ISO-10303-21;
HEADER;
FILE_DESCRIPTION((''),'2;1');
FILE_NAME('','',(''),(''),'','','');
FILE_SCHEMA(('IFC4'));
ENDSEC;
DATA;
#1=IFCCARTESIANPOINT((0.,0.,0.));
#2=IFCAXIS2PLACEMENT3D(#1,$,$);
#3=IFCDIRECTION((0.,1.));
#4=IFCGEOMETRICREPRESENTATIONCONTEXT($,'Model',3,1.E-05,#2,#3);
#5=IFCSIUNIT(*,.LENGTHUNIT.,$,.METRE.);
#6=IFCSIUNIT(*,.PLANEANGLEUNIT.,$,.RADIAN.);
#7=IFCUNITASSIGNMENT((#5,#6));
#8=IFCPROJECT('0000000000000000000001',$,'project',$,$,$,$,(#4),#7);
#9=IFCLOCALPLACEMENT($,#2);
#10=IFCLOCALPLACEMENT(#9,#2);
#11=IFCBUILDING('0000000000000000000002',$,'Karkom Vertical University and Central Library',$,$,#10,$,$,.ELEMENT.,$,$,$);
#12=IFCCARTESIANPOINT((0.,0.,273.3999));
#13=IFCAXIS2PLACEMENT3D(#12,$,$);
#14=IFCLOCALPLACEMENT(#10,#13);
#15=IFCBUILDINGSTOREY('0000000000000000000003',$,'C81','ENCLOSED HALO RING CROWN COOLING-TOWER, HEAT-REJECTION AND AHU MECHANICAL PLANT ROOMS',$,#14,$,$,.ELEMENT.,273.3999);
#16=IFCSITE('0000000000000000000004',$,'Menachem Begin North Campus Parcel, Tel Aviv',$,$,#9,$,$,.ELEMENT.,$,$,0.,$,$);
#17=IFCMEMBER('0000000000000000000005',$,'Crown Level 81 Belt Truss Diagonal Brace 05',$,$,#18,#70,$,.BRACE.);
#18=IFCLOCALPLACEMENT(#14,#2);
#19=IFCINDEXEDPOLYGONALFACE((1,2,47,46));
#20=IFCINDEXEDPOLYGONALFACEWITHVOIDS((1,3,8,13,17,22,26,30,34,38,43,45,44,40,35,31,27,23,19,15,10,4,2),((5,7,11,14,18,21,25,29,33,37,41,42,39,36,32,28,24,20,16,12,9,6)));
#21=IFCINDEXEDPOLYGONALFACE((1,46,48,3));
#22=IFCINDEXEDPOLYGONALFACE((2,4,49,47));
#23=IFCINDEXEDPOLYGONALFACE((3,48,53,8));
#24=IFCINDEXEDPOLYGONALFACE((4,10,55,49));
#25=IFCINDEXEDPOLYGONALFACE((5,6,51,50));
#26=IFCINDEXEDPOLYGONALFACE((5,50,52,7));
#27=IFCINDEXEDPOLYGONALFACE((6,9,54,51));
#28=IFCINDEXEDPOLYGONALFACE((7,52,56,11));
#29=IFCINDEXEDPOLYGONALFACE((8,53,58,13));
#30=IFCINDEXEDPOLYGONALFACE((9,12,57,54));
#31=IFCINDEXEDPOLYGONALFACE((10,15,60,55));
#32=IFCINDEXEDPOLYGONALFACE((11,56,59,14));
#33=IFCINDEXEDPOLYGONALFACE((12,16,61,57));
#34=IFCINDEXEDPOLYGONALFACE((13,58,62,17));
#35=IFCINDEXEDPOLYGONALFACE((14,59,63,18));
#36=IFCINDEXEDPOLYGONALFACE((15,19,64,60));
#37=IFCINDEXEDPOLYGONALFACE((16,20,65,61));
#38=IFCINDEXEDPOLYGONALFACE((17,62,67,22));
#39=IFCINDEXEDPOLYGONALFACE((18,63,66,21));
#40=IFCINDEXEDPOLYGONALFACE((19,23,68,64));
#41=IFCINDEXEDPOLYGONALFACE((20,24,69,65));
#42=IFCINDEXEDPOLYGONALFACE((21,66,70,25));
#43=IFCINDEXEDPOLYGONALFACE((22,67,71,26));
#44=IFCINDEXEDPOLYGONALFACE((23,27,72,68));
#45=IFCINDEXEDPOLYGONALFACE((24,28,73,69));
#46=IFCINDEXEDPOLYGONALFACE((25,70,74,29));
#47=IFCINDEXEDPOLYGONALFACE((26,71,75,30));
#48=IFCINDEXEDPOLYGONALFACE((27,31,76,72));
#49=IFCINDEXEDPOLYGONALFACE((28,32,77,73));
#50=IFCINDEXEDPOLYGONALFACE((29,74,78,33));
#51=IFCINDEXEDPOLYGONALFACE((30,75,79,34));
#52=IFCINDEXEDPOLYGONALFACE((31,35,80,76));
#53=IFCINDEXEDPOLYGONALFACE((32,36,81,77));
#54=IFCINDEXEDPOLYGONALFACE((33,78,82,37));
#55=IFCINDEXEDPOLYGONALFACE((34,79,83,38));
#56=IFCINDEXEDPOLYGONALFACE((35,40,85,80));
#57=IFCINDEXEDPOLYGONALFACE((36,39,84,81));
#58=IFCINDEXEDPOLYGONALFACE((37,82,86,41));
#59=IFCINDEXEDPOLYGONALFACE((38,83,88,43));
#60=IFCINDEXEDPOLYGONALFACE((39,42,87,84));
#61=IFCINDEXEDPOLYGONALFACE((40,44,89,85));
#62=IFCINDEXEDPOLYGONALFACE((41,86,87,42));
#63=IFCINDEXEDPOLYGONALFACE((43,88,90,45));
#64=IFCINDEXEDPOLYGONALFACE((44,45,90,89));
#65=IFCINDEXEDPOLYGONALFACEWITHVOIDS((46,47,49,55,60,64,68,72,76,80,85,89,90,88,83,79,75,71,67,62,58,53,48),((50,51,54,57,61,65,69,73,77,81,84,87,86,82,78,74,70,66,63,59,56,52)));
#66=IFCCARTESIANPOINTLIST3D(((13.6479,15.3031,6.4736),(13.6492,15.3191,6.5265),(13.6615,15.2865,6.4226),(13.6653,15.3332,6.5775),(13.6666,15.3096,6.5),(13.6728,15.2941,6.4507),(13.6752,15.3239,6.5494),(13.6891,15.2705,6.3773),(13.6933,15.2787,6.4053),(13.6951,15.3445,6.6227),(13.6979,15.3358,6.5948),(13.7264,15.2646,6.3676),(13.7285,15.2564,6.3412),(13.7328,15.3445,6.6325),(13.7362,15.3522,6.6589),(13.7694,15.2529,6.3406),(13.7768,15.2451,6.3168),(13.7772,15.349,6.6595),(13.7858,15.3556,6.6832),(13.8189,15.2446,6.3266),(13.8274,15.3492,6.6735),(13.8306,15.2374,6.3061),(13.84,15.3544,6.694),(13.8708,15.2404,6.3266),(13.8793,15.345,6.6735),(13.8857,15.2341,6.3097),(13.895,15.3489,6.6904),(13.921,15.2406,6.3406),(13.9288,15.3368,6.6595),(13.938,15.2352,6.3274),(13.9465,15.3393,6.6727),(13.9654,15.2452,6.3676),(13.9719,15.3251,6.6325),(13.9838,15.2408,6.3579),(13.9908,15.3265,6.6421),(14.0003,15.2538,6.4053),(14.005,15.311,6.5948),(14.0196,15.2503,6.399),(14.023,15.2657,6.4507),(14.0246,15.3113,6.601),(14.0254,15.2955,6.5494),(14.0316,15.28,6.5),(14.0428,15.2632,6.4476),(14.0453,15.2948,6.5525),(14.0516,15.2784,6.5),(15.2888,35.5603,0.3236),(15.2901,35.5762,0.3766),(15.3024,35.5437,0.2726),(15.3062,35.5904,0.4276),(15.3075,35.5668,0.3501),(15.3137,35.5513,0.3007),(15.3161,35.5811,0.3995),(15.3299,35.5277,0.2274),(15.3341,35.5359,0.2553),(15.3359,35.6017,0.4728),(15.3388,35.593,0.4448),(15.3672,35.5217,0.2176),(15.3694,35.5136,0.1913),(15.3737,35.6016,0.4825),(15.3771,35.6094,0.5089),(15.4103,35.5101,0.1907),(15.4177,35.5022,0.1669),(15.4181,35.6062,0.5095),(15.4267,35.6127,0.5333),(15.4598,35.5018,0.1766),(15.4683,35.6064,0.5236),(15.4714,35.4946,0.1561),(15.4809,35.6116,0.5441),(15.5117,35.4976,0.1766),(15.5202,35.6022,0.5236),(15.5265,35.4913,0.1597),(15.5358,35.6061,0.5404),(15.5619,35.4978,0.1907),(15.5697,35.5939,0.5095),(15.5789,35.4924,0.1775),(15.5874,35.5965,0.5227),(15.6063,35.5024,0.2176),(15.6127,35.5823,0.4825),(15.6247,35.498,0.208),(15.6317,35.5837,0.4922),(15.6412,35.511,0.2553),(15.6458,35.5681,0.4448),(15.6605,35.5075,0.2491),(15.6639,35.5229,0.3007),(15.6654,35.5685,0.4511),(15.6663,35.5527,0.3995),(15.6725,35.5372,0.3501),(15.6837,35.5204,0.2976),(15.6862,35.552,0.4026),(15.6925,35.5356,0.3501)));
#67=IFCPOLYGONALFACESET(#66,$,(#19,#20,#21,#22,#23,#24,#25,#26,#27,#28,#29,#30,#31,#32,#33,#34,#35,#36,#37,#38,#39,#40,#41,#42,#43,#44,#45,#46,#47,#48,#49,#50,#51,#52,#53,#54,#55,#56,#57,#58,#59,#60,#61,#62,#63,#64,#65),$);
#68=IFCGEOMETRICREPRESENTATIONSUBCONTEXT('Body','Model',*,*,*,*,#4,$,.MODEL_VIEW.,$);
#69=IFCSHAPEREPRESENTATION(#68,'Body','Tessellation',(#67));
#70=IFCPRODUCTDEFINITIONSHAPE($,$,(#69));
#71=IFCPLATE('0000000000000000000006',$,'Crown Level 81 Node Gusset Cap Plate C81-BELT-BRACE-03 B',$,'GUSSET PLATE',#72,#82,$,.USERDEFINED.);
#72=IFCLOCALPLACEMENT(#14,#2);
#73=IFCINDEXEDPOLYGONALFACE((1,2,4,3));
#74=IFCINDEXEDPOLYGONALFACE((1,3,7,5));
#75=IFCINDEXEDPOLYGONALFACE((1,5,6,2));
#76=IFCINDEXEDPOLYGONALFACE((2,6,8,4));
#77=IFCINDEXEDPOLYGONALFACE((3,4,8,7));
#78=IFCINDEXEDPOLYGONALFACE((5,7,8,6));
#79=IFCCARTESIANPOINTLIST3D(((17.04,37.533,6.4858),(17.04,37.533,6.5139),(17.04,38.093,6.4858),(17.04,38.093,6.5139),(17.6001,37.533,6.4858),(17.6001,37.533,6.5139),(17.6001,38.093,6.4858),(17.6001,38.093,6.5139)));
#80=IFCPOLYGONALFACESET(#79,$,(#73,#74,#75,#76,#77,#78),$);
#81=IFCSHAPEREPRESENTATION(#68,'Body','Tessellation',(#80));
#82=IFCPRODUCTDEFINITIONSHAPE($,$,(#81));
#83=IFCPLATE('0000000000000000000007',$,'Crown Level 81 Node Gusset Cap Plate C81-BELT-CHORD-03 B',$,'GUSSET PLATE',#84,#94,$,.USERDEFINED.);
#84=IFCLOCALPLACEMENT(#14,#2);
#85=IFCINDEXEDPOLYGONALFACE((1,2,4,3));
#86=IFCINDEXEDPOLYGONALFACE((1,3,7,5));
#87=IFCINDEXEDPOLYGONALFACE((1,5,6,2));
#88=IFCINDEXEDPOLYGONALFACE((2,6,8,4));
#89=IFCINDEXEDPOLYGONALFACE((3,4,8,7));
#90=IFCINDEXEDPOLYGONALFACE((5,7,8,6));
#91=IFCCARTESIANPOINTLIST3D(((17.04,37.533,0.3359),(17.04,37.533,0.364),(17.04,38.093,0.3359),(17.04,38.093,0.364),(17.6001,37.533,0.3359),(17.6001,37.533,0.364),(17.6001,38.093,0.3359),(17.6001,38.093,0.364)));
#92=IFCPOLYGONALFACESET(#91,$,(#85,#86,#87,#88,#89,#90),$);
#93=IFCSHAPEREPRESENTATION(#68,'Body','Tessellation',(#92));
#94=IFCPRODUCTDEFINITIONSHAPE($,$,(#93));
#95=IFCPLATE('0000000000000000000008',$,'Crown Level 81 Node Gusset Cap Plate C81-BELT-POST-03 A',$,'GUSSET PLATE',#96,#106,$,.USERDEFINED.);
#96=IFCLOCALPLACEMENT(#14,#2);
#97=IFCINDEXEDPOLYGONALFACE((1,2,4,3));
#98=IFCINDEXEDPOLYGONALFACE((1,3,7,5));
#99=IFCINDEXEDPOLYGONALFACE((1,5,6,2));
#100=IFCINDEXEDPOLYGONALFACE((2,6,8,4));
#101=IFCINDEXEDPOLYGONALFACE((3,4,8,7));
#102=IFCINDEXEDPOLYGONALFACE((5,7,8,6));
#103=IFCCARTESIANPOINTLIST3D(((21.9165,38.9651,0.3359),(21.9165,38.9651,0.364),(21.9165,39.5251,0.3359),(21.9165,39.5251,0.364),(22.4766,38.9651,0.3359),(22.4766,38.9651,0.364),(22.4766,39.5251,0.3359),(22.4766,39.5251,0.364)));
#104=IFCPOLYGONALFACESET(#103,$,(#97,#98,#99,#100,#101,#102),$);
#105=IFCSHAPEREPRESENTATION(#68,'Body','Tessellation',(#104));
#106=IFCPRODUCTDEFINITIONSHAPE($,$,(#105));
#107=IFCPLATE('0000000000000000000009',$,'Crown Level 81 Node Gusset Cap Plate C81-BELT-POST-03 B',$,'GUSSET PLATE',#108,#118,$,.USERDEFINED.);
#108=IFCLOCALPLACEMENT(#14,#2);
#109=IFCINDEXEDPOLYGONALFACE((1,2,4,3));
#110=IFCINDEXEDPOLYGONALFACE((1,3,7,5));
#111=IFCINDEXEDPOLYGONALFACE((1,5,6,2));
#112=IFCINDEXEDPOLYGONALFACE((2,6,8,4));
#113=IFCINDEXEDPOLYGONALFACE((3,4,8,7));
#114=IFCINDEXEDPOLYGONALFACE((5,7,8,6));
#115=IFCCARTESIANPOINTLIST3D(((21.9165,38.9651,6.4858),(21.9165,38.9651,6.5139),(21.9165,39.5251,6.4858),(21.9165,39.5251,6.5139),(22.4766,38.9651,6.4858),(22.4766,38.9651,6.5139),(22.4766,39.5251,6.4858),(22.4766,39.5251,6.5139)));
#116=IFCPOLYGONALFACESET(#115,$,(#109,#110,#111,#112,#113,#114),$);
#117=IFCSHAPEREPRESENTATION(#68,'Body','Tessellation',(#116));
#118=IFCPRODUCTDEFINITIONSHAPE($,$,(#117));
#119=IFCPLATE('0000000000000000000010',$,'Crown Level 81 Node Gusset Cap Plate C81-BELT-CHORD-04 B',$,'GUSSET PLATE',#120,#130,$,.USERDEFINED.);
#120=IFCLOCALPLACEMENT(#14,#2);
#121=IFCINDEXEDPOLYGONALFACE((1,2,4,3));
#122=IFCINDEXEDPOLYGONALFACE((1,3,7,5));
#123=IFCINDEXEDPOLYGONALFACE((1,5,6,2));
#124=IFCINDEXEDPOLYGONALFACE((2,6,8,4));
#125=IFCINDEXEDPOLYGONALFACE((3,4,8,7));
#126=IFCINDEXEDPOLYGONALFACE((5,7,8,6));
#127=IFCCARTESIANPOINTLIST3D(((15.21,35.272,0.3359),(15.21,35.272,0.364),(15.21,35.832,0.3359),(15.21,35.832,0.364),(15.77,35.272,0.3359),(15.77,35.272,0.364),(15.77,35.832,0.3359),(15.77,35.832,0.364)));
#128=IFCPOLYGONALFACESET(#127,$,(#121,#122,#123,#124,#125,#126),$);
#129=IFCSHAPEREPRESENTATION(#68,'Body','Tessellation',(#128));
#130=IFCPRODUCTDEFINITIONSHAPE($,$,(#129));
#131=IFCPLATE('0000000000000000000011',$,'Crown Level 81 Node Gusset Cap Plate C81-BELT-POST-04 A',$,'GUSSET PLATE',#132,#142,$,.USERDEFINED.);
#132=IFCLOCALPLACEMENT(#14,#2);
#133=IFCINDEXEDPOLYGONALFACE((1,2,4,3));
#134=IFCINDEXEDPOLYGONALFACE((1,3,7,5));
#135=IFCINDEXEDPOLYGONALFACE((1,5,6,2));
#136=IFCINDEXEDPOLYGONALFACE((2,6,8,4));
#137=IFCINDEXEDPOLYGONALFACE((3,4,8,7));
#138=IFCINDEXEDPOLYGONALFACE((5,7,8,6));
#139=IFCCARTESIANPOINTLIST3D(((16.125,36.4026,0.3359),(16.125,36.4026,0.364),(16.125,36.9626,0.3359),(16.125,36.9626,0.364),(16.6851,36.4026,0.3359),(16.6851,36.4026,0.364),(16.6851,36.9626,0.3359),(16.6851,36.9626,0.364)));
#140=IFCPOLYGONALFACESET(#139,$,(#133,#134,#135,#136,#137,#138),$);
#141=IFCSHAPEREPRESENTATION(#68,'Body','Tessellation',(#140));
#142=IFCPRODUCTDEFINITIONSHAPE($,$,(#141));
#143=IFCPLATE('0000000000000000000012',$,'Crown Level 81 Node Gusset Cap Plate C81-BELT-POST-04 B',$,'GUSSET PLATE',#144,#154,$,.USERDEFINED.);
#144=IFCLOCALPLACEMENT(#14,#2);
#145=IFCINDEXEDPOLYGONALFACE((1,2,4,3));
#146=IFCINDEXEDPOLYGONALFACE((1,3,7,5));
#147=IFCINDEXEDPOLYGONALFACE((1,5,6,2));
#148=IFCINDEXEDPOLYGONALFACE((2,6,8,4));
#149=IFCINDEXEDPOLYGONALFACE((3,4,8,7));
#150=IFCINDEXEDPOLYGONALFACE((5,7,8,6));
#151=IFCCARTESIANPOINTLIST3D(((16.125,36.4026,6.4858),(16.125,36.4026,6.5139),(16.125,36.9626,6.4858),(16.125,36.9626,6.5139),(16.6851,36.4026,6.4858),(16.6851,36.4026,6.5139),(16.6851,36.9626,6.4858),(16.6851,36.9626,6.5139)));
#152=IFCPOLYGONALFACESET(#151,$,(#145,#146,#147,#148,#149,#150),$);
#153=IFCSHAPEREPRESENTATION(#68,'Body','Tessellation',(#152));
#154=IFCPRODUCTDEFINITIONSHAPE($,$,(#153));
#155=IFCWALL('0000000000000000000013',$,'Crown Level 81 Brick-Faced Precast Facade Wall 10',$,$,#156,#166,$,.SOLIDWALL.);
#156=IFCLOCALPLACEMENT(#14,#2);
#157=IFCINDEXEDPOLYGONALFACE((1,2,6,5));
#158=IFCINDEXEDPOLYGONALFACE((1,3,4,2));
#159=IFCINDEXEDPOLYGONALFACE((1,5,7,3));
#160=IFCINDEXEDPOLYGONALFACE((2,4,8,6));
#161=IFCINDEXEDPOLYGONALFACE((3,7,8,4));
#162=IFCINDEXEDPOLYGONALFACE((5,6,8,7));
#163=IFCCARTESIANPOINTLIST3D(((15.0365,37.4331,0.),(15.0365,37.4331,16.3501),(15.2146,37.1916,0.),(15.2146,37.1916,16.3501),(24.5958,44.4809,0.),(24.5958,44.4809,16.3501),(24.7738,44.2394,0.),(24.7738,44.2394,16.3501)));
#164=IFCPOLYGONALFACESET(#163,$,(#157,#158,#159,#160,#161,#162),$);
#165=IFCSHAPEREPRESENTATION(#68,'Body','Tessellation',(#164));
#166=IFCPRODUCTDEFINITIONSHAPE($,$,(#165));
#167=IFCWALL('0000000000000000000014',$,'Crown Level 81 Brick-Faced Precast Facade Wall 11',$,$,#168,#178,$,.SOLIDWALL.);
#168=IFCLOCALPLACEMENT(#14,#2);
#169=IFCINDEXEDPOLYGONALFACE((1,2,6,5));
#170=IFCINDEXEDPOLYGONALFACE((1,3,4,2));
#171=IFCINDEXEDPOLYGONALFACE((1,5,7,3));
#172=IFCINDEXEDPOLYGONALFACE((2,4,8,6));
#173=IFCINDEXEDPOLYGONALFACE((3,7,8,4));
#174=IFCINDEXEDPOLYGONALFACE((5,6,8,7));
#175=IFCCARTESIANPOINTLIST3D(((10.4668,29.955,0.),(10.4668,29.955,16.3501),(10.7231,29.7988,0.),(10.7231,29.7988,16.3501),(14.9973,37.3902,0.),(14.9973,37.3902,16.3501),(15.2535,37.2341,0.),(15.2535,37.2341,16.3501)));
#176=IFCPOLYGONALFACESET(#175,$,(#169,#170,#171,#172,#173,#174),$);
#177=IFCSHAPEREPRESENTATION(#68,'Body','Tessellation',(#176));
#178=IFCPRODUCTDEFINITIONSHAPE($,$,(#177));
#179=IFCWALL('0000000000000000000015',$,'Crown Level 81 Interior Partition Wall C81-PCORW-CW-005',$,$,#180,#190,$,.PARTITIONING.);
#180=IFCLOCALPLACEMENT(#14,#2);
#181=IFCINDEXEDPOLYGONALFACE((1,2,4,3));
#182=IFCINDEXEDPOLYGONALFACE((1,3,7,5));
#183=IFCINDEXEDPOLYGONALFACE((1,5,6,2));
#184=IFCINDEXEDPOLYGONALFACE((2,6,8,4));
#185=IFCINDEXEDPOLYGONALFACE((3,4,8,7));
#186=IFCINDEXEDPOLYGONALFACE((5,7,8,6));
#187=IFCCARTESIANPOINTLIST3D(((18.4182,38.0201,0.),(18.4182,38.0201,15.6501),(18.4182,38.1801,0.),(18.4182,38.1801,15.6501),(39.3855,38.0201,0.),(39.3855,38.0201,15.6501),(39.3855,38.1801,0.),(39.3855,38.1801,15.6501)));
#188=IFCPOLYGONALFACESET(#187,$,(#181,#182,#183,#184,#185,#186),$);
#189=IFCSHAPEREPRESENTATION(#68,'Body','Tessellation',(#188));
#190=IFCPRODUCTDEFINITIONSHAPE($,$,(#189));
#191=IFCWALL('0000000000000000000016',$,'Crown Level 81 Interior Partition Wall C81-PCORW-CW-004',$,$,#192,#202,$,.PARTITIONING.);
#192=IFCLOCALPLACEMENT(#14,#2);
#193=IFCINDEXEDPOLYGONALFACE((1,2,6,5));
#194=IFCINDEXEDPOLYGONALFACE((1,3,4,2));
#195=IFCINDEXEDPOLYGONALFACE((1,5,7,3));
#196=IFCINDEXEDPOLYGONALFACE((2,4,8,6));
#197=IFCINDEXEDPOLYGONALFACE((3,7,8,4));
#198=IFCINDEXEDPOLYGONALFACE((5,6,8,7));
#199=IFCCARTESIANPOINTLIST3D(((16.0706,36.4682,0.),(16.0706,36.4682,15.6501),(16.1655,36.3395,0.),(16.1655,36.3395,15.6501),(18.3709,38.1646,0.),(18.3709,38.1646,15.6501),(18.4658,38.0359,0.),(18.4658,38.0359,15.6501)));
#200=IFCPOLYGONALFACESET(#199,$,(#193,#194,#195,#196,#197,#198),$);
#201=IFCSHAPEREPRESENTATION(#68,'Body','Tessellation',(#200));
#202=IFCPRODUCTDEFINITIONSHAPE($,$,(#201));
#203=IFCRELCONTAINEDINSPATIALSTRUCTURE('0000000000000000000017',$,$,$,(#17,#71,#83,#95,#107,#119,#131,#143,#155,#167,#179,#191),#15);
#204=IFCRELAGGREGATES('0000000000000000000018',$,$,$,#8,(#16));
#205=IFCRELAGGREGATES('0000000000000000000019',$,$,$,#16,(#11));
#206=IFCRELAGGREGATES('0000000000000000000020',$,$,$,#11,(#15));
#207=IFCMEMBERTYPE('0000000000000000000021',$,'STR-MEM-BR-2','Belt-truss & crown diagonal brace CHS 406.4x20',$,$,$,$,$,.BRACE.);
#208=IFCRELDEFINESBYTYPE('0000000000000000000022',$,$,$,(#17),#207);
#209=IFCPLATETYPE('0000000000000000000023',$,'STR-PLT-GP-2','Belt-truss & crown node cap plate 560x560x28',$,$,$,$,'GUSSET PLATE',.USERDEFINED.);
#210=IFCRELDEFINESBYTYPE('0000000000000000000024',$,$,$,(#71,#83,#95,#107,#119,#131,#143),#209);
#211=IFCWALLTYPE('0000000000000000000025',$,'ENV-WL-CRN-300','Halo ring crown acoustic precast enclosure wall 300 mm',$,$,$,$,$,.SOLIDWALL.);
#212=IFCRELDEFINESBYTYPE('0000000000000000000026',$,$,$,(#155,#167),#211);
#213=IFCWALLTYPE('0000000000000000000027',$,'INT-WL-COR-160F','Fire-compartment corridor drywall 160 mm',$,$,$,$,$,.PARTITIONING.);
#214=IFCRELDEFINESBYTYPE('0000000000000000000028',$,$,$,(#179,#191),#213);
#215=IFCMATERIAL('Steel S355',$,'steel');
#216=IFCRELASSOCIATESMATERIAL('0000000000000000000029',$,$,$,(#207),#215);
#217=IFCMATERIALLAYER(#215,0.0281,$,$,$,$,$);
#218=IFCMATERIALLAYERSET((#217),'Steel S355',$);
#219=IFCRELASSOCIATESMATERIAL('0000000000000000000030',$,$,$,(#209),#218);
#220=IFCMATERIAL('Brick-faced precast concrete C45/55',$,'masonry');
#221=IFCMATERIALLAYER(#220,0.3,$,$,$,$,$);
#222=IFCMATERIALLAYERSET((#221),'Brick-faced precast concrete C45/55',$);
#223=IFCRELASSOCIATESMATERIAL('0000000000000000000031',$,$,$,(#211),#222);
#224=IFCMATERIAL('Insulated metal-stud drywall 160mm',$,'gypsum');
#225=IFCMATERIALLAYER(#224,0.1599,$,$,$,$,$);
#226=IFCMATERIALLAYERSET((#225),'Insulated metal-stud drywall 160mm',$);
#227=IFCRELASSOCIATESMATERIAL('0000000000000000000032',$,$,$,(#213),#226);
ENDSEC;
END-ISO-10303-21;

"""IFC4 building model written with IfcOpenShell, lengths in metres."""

from ifc_helpers import new_model, si_unit, direction, frame, frame_2d, origin, origin_with_axes, origin_2d, place, context, subcontext, project, spatial, rectangle, hollow_circle, extrude, source, transform, mapped, material, layer, layer_set, material_profile, profile_set, type_object, element, save


model = new_model("IFC4")

# Units and contexts
model_context = context("Model", 3, precision=1e-05, world=origin(), true_north=direction((0.0, 1.0)))
body_context = subcontext(model_context, "Body", "Model", "MODEL_VIEW")
ifc_project = project(units=[si_unit("LENGTHUNIT", "METRE"), si_unit("PLANEANGLEUNIT", "RADIAN")], contexts=[model_context])

# Site, building, storey
site_placement = place(None, origin())
site = spatial("IfcSite", under=ifc_project, at=site_placement, Name="Menachem Begin North Campus Parcel, Tel Aviv", CompositionType="ELEMENT", RefElevation=0.0)
building_placement = place(site_placement, origin())
building = spatial("IfcBuilding", under=site, at=building_placement, Name="Karkom Vertical University and Central Library", CompositionType="ELEMENT")
storey_placement = place(building_placement, frame((0.0, 0.0, 273.3999)))
storey = spatial("IfcBuildingStorey", under=building, at=storey_placement, Name="C81", Description="ENCLOSED HALO RING CROWN COOLING-TOWER, HEAT-REJECTION AND AHU MECHANICAL PLANT ROOMS", CompositionType="ELEMENT", Elevation=273.3999)

# Shared definitions
ifc_material_1 = material(Name="Steel S355", Category="steel")

# Member
ifc_material_profile_1 = material_profile(ifc_material_1, hollow_circle(Radius=0.2031, WallThickness=0.02, at=origin_2d()), Name="CHS 406.4x20")
ifc_profile_set_1 = profile_set([ifc_material_profile_1], Name="Steel S355")
member_type_1 = type_object("IfcMemberType", Name="STR-MEM-BR-2", Description="Belt-truss & crown diagonal brace CHS 406.4x20", PredefinedType="BRACE", material=ifc_profile_set_1)
shared_shape_1 = source(origin_with_axes(), body_context, "Body", "SweptSolid", [
    extrude(hollow_circle(Radius=0.2031, WallThickness=0.02, at=origin_2d()), origin(), (0.0, 0.0, 1.0), 21.2336),
])
member_1_placement = place(storey_placement, frame((15.49, 35.552, 0.3501), z_axis=(-0.077277, -0.954014, 0.289632), x_axis=(0.996735, -0.080738, 0.0)))
element("IfcMember", 1, at=member_1_placement, inside=storey, type_object=member_type_1, Name="Crown Level 81 Belt Truss Diagonal Brace 05", PredefinedType="BRACE", context=body_context, shape_type="MappedRepresentation", body=[
    mapped(shared_shape_1, transform((0.0, 0.0, 0.0), scale=1.0)),
])

# Plates
ifc_layer_1 = layer(ifc_material_1, 0.0281)
ifc_layer_set_1 = layer_set([ifc_layer_1], Name="Steel S355")
plate_type = type_object("IfcPlateType", Name="STR-PLT-GP-2", Description="Belt-truss & crown node cap plate 560x560x28", ElementType="GUSSET PLATE", PredefinedType="USERDEFINED", material=ifc_layer_set_1)
shared_shape_2 = source(origin_with_axes(), body_context, "Body", "SweptSolid", [
    extrude(rectangle(XDim=0.5601, YDim=0.5601, at=origin_2d()), origin(), (0.0, 0.0, 1.0), 0.0281),
])
for number, where, z_axis, x_axis, name in (
    (2, (17.3201, 37.813, 6.4858), (0.0, 0.0, 1.0), (1.0, 0.0, 0.0), "Crown Level 81 Node Gusset Cap Plate C81-BELT-BRACE-03 B"),
    (3, (17.3201, 37.813, 0.3359), (0.0, 0.0, 1.0), (1.0, 0.0, 0.0), "Crown Level 81 Node Gusset Cap Plate C81-BELT-CHORD-03 B"),
    (4, (22.1965, 39.2451, 0.3359), (0.0, 0.0, 1.0), (1.0, 0.0, 0.0), "Crown Level 81 Node Gusset Cap Plate C81-BELT-POST-03 A"),
    (5, (22.1965, 39.2451, 6.4858), (0.0, 0.0, 1.0), (1.0, 0.0, 0.0), "Crown Level 81 Node Gusset Cap Plate C81-BELT-POST-03 B"),
    (6, (15.49, 35.552, 0.3359), (0.0, 0.0, 1.0), (1.0, 0.0, 0.0), "Crown Level 81 Node Gusset Cap Plate C81-BELT-CHORD-04 B"),
    (7, (16.405, 36.6826, 0.3359), (0.0, 0.0, 1.0), (1.0, 0.0, 0.0), "Crown Level 81 Node Gusset Cap Plate C81-BELT-POST-04 A"),
    (8, (16.405, 36.6826, 6.4858), (0.0, 0.0, 1.0), (1.0, 0.0, 0.0), "Crown Level 81 Node Gusset Cap Plate C81-BELT-POST-04 B"),
):
    element("IfcPlate", number, at=place(storey_placement, frame(where, z_axis=z_axis, x_axis=x_axis)), inside=storey, type_object=plate_type, Name=name, ObjectType="GUSSET PLATE", PredefinedType="USERDEFINED", context=body_context, shape_type="MappedRepresentation", body=[
        mapped(shared_shape_2, transform((0.0, 0.0, 0.0), scale=1.0)),
    ])

# Walls
ifc_material_2 = material(Name="Brick-faced precast concrete C45/55", Category="masonry")
ifc_layer_2 = layer(ifc_material_2, 0.3)
ifc_layer_set_2 = layer_set([ifc_layer_2], Name="Brick-faced precast concrete C45/55")
wall_type_1 = type_object("IfcWallType", Name="ENV-WL-CRN-300", Description="Halo ring crown acoustic precast enclosure wall 300 mm", PredefinedType="SOLIDWALL", material=ifc_layer_set_2)
wall_1_placement = place(storey_placement, frame((24.6848, 44.3601, 0.0), z_axis=(0.0, 0.0, 1.0), x_axis=(-0.804889, -0.593425, 0.0)))
element("IfcWall", 9, at=wall_1_placement, inside=storey, type_object=wall_type_1, Name="Crown Level 81 Brick-Faced Precast Facade Wall 10", PredefinedType="SOLIDWALL", context=body_context, shape_type="SweptSolid", body=[
    extrude(rectangle(XDim=11.8765, YDim=0.3, at=frame_2d((5.9382, 0.0))), origin(), (0.0, 0.0, 1.0), 16.3501),
])
wall_2_placement = place(storey_placement, frame((15.1255, 37.3123, 0.0), z_axis=(0.0, 0.0, 1.0), x_axis=(-0.520339, -0.85396, 0.0)))
element("IfcWall", 10, at=wall_2_placement, inside=storey, type_object=wall_type_1, Name="Crown Level 81 Brick-Faced Precast Facade Wall 11", PredefinedType="SOLIDWALL", context=body_context, shape_type="SweptSolid", body=[
    extrude(rectangle(XDim=8.7068, YDim=0.3, at=frame_2d((4.3535, 0.0))), origin(), (0.0, 0.0, 1.0), 16.3501),
])
ifc_material_3 = material(Name="Insulated metal-stud drywall 160mm", Category="gypsum")
ifc_layer_3 = layer(ifc_material_3, 0.1599)
ifc_layer_set_3 = layer_set([ifc_layer_3], Name="Insulated metal-stud drywall 160mm")
wall_type_2 = type_object("IfcWallType", Name="INT-WL-COR-160F", Description="Fire-compartment corridor drywall 160 mm", PredefinedType="PARTITIONING", material=ifc_layer_set_3)
wall_3_placement = place(storey_placement, frame((18.4182, 38.1001, 0.0), z_axis=(0.0, 0.0, 1.0), x_axis=(1.0, 0.0, 0.0)))
element("IfcWall", 11, at=wall_3_placement, inside=storey, type_object=wall_type_2, Name="Crown Level 81 Interior Partition Wall C81-PCORW-CW-005", PredefinedType="PARTITIONING", context=body_context, shape_type="SweptSolid", body=[
    extrude(rectangle(XDim=20.9673, YDim=0.1599, at=frame_2d((10.4836, 0.0))), origin(), (0.0, 0.0, 1.0), 15.6501),
])
wall_4_placement = place(storey_placement, frame((16.1179, 36.4038, 0.0), z_axis=(0.0, 0.0, 1.0), x_axis=(0.804832, 0.593502, 0.0)))
element("IfcWall", 12, at=wall_4_placement, inside=storey, type_object=wall_type_2, Name="Crown Level 81 Interior Partition Wall C81-PCORW-CW-004", PredefinedType="PARTITIONING", context=body_context, shape_type="SweptSolid", body=[
    extrude(rectangle(XDim=2.8582, YDim=0.1599, at=frame_2d((1.4292, 0.0))), origin(), (0.0, 0.0, 1.0), 15.6501),
])

save(model, "model.ifc")
